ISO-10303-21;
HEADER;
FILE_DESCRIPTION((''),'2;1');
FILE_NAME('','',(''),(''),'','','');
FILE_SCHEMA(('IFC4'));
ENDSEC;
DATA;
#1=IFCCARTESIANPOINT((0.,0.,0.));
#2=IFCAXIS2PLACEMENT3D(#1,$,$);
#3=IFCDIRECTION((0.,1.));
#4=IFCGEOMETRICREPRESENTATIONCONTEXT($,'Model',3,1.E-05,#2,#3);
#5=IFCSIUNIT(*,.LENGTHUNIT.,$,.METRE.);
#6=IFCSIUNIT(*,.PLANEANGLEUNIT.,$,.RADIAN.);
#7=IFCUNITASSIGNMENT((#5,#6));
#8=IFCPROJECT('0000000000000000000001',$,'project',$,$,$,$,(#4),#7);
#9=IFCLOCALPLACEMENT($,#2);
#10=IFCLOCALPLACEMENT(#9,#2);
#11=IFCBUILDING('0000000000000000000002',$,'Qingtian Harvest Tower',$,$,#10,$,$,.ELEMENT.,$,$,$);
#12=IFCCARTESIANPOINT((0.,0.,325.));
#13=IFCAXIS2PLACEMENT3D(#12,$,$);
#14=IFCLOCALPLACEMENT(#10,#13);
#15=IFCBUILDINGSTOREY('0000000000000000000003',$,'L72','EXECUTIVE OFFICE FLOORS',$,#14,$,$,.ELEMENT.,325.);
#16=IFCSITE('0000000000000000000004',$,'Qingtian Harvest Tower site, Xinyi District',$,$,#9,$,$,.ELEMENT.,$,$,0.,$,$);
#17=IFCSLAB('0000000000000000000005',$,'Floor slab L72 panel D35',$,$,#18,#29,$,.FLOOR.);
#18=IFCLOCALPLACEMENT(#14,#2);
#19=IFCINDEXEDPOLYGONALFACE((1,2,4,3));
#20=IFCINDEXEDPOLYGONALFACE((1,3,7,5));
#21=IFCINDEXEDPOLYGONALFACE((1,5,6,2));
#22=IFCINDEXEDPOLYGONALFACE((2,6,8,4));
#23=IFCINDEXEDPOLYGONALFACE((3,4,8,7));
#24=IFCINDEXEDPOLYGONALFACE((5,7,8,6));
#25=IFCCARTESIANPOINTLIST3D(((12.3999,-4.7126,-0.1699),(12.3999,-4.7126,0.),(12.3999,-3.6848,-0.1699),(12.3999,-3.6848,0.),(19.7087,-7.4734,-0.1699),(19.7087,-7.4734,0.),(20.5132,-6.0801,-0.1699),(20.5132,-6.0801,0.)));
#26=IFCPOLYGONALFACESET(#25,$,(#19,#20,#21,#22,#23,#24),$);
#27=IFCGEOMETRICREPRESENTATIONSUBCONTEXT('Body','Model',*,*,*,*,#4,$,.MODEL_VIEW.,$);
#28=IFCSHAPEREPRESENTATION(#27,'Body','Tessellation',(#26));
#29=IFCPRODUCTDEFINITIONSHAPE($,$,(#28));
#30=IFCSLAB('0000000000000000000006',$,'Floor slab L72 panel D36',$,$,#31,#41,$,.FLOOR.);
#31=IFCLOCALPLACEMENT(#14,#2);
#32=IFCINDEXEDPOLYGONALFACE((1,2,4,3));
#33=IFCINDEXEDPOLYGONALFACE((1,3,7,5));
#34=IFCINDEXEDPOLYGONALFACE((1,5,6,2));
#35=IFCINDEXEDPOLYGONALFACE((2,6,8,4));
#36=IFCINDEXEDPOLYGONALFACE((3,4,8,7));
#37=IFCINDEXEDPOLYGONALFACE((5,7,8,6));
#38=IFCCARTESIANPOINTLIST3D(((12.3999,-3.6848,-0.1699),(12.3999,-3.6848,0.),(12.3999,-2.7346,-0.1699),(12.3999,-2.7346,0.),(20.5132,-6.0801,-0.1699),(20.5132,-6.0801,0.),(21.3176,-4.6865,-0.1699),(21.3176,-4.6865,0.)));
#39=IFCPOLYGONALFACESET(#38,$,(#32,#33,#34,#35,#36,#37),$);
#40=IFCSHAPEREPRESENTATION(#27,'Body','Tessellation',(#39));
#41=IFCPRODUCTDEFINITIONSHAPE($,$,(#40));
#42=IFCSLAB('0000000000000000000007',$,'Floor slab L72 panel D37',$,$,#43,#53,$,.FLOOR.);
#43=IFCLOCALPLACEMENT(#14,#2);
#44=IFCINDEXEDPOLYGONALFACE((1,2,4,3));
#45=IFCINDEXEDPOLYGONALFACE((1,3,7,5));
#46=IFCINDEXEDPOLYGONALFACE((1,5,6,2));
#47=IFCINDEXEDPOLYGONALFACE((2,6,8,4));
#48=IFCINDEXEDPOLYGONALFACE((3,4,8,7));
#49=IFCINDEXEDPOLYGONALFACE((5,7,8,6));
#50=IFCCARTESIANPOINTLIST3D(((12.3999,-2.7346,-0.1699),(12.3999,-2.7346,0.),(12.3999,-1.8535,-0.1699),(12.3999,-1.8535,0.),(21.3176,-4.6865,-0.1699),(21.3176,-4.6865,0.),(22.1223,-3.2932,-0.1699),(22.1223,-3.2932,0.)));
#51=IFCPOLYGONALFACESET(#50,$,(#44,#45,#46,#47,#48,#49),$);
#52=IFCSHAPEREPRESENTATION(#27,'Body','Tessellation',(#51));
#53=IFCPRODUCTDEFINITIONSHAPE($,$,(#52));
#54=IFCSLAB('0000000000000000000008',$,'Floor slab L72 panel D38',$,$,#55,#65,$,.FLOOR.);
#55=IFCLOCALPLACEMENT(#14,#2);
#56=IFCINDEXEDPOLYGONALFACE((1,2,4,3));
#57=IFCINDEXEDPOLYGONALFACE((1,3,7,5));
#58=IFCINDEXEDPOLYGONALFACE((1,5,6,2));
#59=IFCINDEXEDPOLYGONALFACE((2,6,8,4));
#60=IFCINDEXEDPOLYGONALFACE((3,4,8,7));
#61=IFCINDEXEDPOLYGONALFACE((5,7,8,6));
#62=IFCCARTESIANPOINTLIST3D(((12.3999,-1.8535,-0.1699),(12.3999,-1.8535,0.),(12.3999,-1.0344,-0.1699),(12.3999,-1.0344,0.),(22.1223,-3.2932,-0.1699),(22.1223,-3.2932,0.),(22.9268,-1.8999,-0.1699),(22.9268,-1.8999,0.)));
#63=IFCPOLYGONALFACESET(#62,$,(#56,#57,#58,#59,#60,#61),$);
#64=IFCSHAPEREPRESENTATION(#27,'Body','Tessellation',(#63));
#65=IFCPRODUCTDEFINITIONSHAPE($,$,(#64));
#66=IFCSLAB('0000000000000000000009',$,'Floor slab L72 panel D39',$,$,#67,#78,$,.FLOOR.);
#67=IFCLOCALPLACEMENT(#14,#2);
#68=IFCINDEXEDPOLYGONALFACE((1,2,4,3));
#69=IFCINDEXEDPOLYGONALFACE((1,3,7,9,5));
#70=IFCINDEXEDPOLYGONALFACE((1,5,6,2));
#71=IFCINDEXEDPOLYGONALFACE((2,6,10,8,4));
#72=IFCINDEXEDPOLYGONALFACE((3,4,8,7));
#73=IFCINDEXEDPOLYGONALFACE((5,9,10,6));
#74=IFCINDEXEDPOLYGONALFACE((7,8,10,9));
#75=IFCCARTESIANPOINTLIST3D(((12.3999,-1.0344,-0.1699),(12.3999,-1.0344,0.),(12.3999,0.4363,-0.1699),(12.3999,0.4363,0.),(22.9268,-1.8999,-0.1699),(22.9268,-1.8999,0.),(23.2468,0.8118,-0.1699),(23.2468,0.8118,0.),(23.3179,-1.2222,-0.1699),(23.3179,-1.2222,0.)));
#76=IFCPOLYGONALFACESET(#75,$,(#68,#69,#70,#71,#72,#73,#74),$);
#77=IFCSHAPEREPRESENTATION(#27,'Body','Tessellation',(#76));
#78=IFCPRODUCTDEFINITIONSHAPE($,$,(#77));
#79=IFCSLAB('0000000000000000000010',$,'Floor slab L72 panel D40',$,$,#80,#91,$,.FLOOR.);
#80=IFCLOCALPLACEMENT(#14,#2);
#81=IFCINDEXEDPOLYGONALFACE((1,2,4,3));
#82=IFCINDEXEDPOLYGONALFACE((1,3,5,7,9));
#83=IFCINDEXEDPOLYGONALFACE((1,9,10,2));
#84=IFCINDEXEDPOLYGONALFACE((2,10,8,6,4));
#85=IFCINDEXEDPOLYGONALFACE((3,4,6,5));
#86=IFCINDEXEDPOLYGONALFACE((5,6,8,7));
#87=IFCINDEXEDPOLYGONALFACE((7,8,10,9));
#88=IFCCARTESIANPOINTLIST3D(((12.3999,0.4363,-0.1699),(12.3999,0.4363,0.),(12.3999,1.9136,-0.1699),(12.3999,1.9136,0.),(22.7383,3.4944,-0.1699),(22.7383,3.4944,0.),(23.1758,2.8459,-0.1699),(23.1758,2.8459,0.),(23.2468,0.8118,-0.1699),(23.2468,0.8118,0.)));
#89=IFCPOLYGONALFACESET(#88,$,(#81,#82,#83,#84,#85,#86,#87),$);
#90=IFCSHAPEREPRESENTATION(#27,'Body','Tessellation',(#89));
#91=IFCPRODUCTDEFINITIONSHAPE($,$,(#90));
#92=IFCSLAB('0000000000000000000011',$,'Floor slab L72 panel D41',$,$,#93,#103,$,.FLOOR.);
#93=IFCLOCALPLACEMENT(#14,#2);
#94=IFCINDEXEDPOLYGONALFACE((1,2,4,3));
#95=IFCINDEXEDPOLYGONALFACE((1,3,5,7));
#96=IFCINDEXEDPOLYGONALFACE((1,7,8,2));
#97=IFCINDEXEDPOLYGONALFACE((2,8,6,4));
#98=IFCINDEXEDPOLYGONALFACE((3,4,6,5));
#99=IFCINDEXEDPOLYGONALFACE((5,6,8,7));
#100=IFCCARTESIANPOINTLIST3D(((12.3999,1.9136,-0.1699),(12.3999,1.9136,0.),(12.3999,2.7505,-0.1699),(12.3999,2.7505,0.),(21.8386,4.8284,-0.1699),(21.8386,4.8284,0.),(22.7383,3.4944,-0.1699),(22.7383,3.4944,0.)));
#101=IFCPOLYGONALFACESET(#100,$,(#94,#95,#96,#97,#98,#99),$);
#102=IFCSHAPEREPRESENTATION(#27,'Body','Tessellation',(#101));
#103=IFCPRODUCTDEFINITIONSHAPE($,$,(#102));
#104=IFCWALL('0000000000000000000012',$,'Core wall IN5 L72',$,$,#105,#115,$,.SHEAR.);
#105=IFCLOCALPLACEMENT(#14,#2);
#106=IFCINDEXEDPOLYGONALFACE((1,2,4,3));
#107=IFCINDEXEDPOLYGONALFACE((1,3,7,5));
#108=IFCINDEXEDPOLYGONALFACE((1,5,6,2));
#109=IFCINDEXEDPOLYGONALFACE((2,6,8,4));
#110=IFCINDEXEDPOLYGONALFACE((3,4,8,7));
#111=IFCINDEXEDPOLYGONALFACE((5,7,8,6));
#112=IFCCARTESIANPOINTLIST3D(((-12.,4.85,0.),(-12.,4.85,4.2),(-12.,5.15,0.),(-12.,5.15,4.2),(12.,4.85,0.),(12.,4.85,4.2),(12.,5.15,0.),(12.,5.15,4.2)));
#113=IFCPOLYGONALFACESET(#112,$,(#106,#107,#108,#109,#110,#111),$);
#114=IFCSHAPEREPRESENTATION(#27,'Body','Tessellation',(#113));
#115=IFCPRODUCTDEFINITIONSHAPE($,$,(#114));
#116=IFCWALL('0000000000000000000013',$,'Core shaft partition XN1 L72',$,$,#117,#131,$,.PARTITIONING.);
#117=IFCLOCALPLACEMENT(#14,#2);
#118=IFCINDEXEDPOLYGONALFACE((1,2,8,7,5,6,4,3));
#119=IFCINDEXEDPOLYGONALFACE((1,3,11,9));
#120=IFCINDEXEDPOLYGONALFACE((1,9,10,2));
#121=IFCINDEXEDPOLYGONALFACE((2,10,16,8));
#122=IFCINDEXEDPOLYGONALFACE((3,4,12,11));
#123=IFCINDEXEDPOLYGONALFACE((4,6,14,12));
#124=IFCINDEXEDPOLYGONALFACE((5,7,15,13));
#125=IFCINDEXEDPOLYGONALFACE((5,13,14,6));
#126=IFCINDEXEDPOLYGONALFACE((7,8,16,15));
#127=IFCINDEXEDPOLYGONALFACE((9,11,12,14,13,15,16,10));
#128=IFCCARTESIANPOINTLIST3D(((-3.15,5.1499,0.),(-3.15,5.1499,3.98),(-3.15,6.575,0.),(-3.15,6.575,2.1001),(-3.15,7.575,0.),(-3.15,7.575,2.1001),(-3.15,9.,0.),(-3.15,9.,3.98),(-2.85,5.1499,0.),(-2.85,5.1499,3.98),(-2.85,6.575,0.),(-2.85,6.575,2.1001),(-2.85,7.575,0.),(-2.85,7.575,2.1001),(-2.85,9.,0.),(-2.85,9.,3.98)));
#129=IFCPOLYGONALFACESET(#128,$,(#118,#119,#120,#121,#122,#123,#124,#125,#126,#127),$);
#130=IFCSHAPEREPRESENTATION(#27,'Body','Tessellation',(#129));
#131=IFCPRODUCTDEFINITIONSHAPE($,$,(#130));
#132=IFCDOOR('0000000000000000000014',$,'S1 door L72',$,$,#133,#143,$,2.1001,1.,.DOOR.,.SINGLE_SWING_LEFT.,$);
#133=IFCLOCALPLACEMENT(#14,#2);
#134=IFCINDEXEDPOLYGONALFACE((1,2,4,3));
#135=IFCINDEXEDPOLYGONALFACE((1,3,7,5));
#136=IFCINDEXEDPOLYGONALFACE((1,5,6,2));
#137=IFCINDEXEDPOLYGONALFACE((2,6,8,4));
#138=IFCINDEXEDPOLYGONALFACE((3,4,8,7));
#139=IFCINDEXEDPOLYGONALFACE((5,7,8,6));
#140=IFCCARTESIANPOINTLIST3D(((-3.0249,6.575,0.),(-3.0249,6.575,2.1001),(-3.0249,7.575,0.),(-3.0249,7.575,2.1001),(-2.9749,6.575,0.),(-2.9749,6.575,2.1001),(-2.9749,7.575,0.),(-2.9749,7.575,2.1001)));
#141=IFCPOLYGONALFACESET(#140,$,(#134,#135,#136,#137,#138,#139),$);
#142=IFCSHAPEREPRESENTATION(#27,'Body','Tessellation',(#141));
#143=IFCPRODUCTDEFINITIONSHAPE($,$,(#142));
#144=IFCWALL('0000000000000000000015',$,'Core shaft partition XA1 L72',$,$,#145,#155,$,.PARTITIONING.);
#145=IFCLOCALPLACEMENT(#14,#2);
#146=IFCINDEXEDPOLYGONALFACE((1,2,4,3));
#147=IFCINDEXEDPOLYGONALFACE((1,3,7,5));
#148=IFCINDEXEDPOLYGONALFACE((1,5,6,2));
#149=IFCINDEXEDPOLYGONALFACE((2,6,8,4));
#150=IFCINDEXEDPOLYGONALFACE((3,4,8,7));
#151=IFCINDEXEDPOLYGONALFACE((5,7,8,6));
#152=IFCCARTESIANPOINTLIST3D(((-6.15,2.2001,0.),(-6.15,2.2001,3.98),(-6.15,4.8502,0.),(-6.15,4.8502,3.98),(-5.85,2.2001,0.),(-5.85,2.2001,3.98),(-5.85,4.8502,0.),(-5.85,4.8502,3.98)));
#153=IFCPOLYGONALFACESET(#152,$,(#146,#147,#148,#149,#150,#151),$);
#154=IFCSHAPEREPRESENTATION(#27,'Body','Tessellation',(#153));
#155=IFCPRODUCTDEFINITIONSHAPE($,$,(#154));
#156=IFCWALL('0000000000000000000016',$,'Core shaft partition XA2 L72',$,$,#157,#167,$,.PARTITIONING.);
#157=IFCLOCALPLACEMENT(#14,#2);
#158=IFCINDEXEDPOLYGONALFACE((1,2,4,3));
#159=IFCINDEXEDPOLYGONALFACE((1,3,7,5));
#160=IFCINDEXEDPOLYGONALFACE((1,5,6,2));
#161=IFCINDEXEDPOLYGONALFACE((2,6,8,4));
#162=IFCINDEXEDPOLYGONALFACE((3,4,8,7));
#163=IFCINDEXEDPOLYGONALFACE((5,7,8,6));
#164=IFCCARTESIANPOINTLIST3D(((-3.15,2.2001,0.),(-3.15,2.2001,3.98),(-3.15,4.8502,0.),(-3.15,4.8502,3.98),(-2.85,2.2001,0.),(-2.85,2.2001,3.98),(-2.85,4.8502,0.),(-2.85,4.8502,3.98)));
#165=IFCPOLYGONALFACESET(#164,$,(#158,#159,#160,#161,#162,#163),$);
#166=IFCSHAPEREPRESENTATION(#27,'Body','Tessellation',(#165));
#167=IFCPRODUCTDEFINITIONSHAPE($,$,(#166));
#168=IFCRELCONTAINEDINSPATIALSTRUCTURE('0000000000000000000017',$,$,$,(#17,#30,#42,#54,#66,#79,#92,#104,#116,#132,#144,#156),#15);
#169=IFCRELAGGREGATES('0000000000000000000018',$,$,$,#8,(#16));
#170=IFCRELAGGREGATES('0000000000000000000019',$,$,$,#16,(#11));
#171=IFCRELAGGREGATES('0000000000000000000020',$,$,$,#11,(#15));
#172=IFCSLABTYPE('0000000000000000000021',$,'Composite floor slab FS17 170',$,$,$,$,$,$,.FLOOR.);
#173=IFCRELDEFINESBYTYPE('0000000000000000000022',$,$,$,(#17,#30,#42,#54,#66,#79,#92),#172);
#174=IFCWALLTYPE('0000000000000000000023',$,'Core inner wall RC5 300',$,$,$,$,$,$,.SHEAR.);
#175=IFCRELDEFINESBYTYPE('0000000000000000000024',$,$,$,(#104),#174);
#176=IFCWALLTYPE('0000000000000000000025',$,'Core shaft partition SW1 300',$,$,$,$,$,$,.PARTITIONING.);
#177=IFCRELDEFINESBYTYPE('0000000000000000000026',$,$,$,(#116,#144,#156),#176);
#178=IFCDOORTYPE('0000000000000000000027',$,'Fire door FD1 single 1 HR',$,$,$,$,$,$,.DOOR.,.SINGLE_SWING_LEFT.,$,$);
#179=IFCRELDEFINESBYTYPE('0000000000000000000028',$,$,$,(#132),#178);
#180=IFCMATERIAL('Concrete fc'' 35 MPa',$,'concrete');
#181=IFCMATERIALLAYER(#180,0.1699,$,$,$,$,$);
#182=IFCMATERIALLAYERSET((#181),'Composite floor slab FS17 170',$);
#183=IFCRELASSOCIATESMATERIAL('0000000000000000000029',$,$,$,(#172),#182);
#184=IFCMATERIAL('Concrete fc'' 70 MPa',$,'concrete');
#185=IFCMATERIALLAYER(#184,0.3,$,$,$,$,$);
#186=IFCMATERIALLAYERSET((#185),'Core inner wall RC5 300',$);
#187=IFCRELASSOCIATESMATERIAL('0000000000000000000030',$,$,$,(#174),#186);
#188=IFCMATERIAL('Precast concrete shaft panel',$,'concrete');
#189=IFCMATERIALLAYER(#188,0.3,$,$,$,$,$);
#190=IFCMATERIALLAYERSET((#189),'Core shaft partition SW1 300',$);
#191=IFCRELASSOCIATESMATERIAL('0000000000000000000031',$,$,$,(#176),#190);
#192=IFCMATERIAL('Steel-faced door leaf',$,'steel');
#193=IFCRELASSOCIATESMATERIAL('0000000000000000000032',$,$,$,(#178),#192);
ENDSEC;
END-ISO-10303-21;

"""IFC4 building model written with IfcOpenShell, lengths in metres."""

from ifc_helpers import new_model, si_unit, direction, frame, frame_2d, origin, place, context, subcontext, project, spatial, polyline, rectangle, outline, extrude, material, layer, layer_set, type_object, element, fill, save


model = new_model("IFC4")

# Units and contexts
model_context = context("Model", 3, precision=1e-05, world=origin(), true_north=direction((0.0, 1.0)))
body_context = subcontext(model_context, "Body", "Model", "MODEL_VIEW")
ifc_project = project(units=[si_unit("LENGTHUNIT", "METRE"), si_unit("PLANEANGLEUNIT", "RADIAN")], contexts=[model_context])

# Site, building, storey
site_placement = place(None, origin())
site = spatial("IfcSite", under=ifc_project, at=site_placement, Name="Qingtian Harvest Tower site, Xinyi District", CompositionType="ELEMENT", RefElevation=0.0)
building_placement = place(site_placement, origin())
building = spatial("IfcBuilding", under=site, at=building_placement, Name="Qingtian Harvest Tower", CompositionType="ELEMENT")
storey_placement = place(building_placement, frame((0.0, 0.0, 325.0)))
storey = spatial("IfcBuildingStorey", under=building, at=storey_placement, Name="L72", Description="EXECUTIVE OFFICE FLOORS", CompositionType="ELEMENT", Elevation=325.0)

# Slabs
ifc_material_1 = material(Name="Concrete fc' 35 MPa", Category="concrete")
ifc_layer_1 = layer(ifc_material_1, 0.1699)
ifc_layer_set_1 = layer_set([ifc_layer_1], Name="Composite floor slab FS17 170")
slab_type = type_object("IfcSlabType", Name="Composite floor slab FS17 170", PredefinedType="FLOOR", material=ifc_layer_set_1)
slab_1_placement = place(storey_placement, frame((0.0, 0.0, -0.1699)))
element("IfcSlab", 1, at=slab_1_placement, inside=storey, type_object=slab_type, Name="Floor slab L72 panel D35", PredefinedType="FLOOR", context=body_context, shape_type="SweptSolid", body=[
    extrude(outline(polyline([(12.3999, -3.6848), (20.5132, -6.0801), (19.7087, -7.4734), (12.3999, -4.7126), (12.3999, -3.6848)])), origin(), (0.0, 0.0, 1.0), 0.1699),
])
slab_2_placement = place(storey_placement, frame((0.0, 0.0, -0.1699)))
element("IfcSlab", 2, at=slab_2_placement, inside=storey, type_object=slab_type, Name="Floor slab L72 panel D36", PredefinedType="FLOOR", context=body_context, shape_type="SweptSolid", body=[
    extrude(outline(polyline([(12.3999, -2.7346), (21.3176, -4.6865), (20.5132, -6.0801), (12.3999, -3.6848), (12.3999, -2.7346)])), origin(), (0.0, 0.0, 1.0), 0.1699),
])
slab_3_placement = place(storey_placement, frame((0.0, 0.0, -0.1699)))
element("IfcSlab", 3, at=slab_3_placement, inside=storey, type_object=slab_type, Name="Floor slab L72 panel D37", PredefinedType="FLOOR", context=body_context, shape_type="SweptSolid", body=[
    extrude(outline(polyline([(12.3999, -1.8535), (22.1223, -3.2932), (21.3176, -4.6865), (12.3999, -2.7346), (12.3999, -1.8535)])), origin(), (0.0, 0.0, 1.0), 0.1699),
])
slab_4_placement = place(storey_placement, frame((0.0, 0.0, -0.1699)))
element("IfcSlab", 4, at=slab_4_placement, inside=storey, type_object=slab_type, Name="Floor slab L72 panel D38", PredefinedType="FLOOR", context=body_context, shape_type="SweptSolid", body=[
    extrude(outline(polyline([(12.3999, -1.0344), (22.9268, -1.8999), (22.1223, -3.2932), (12.3999, -1.8535), (12.3999, -1.0344)])), origin(), (0.0, 0.0, 1.0), 0.1699),
])
slab_5_placement = place(storey_placement, frame((0.0, 0.0, -0.1699)))
element("IfcSlab", 5, at=slab_5_placement, inside=storey, type_object=slab_type, Name="Floor slab L72 panel D39", PredefinedType="FLOOR", context=body_context, shape_type="SweptSolid", body=[
    extrude(outline(polyline([(12.3999, -1.0344), (12.3999, 0.4363), (23.2468, 0.8118), (23.3179, -1.2222), (22.9268, -1.8999), (12.3999, -1.0344)])), origin(), (0.0, 0.0, 1.0), 0.1699),
])
slab_6_placement = place(storey_placement, frame((0.0, 0.0, -0.1699)))
element("IfcSlab", 6, at=slab_6_placement, inside=storey, type_object=slab_type, Name="Floor slab L72 panel D40", PredefinedType="FLOOR", context=body_context, shape_type="SweptSolid", body=[
    extrude(outline(polyline([(12.3999, 0.4363), (12.3999, 1.9136), (22.7383, 3.4944), (23.1758, 2.8459), (23.2468, 0.8118), (12.3999, 0.4363)])), origin(), (0.0, 0.0, 1.0), 0.1699),
])
slab_7_placement = place(storey_placement, frame((0.0, 0.0, -0.1699)))
element("IfcSlab", 7, at=slab_7_placement, inside=storey, type_object=slab_type, Name="Floor slab L72 panel D41", PredefinedType="FLOOR", context=body_context, shape_type="SweptSolid", body=[
    extrude(outline(polyline([(12.3999, 2.7505), (21.8386, 4.8284), (22.7383, 3.4944), (12.3999, 1.9136), (12.3999, 2.7505)])), origin(), (0.0, 0.0, 1.0), 0.1699),
])

# Wall
ifc_material_2 = material(Name="Concrete fc' 70 MPa", Category="concrete")
ifc_layer_2 = layer(ifc_material_2, 0.3)
ifc_layer_set_2 = layer_set([ifc_layer_2], Name="Core inner wall RC5 300")
wall_type_1 = type_object("IfcWallType", Name="Core inner wall RC5 300", PredefinedType="SHEAR", material=ifc_layer_set_2)
wall_1_placement = place(storey_placement, frame((-12.0, 5.0, 0.0), z_axis=(0.0, 0.0, 1.0), x_axis=(1.0, 0.0, 0.0)))
element("IfcWall", 8, at=wall_1_placement, inside=storey, type_object=wall_type_1, Name="Core wall IN5 L72", PredefinedType="SHEAR", context=body_context, shape_type="SweptSolid", body=[
    extrude(rectangle(XDim=24.0, YDim=0.3, at=frame_2d((12.0, 0.0))), origin(), (0.0, 0.0, 1.0), 4.2),
])

# Wall, opening, door
ifc_material_3 = material(Name="Precast concrete shaft panel", Category="concrete")
ifc_layer_3 = layer(ifc_material_3, 0.3)
ifc_layer_set_3 = layer_set([ifc_layer_3], Name="Core shaft partition SW1 300")
wall_type_2 = type_object("IfcWallType", Name="Core shaft partition SW1 300", PredefinedType="PARTITIONING", material=ifc_layer_set_3)
wall_2_placement = place(storey_placement, frame((-3.0, 5.1499, 0.0), z_axis=(0.0, 0.0, 1.0), x_axis=(0.0, 1.0, 0.0)))
wall_2 = element("IfcWall", 9, at=wall_2_placement, inside=storey, type_object=wall_type_2, Name="Core shaft partition XN1 L72", PredefinedType="PARTITIONING", context=body_context, shape_type="SweptSolid", body=[
    extrude(rectangle(XDim=3.8501, YDim=0.3, at=frame_2d((1.925, 0.0))), origin(), (0.0, 0.0, 1.0), 3.98),
])
opening_1_placement = place(wall_2_placement, frame((1.425, 0.0, 0.0)))
opening_1 = element("IfcOpeningElement", 10, at=opening_1_placement, cuts=wall_2, PredefinedType="OPENING", context=body_context, shape_type="SweptSolid", body=[
    extrude(rectangle(XDim=1.0, YDim=2.1001, at=frame_2d((0.5, 1.05))), frame((0.0, 0.1599, 0.0), z_axis=(0.0, -1.0, 0.0), x_axis=(1.0, 0.0, 0.0)), (0.0, 0.0, 1.0), 0.3201),
])
ifc_material_4 = material(Name="Steel-faced door leaf", Category="steel")
door_type_1 = type_object("IfcDoorType", Name="Fire door FD1 single 1 HR", OperationType="SINGLE_SWING_LEFT", PredefinedType="DOOR", material=ifc_material_4)
door_1_placement = place(opening_1_placement, origin())
door_1 = element("IfcDoor", 11, at=door_1_placement, inside=storey, type_object=door_type_1, Name="S1 door L72", OperationType="SINGLE_SWING_LEFT", OverallHeight=2.1001, OverallWidth=1.0, PredefinedType="DOOR", context=body_context, shape_type="SweptSolid", body=[
    extrude(rectangle(XDim=1.0, YDim=2.1001, at=frame_2d((0.5, 1.05))), frame((0.0, 0.0249, 0.0), z_axis=(0.0, -1.0, 0.0), x_axis=(1.0, 0.0, 0.0)), (0.0, 0.0, 1.0), 0.05),
])
fill(opening_1, door_1)

# Walls
for number, where, z_axis, x_axis, name in (
    (12, (-6.0, 2.2, 0.0), (0.0, 0.0, 1.0), (0.0, 1.0, 0.0), "Core shaft partition XA1 L72"),
    (13, (-3.0, 2.2, 0.0), (0.0, 0.0, 1.0), (0.0, 1.0, 0.0), "Core shaft partition XA2 L72"),
):
    element("IfcWall", number, at=place(storey_placement, frame(where, z_axis=z_axis, x_axis=x_axis)), inside=storey, type_object=wall_type_2, Name=name, PredefinedType="PARTITIONING", context=body_context, shape_type="SweptSolid", body=[
        extrude(rectangle(XDim=2.6501, YDim=0.3, at=frame_2d((1.3252, 0.0))), origin(), (0.0, 0.0, 1.0), 3.98),
    ])

save(model, "model.ifc")
